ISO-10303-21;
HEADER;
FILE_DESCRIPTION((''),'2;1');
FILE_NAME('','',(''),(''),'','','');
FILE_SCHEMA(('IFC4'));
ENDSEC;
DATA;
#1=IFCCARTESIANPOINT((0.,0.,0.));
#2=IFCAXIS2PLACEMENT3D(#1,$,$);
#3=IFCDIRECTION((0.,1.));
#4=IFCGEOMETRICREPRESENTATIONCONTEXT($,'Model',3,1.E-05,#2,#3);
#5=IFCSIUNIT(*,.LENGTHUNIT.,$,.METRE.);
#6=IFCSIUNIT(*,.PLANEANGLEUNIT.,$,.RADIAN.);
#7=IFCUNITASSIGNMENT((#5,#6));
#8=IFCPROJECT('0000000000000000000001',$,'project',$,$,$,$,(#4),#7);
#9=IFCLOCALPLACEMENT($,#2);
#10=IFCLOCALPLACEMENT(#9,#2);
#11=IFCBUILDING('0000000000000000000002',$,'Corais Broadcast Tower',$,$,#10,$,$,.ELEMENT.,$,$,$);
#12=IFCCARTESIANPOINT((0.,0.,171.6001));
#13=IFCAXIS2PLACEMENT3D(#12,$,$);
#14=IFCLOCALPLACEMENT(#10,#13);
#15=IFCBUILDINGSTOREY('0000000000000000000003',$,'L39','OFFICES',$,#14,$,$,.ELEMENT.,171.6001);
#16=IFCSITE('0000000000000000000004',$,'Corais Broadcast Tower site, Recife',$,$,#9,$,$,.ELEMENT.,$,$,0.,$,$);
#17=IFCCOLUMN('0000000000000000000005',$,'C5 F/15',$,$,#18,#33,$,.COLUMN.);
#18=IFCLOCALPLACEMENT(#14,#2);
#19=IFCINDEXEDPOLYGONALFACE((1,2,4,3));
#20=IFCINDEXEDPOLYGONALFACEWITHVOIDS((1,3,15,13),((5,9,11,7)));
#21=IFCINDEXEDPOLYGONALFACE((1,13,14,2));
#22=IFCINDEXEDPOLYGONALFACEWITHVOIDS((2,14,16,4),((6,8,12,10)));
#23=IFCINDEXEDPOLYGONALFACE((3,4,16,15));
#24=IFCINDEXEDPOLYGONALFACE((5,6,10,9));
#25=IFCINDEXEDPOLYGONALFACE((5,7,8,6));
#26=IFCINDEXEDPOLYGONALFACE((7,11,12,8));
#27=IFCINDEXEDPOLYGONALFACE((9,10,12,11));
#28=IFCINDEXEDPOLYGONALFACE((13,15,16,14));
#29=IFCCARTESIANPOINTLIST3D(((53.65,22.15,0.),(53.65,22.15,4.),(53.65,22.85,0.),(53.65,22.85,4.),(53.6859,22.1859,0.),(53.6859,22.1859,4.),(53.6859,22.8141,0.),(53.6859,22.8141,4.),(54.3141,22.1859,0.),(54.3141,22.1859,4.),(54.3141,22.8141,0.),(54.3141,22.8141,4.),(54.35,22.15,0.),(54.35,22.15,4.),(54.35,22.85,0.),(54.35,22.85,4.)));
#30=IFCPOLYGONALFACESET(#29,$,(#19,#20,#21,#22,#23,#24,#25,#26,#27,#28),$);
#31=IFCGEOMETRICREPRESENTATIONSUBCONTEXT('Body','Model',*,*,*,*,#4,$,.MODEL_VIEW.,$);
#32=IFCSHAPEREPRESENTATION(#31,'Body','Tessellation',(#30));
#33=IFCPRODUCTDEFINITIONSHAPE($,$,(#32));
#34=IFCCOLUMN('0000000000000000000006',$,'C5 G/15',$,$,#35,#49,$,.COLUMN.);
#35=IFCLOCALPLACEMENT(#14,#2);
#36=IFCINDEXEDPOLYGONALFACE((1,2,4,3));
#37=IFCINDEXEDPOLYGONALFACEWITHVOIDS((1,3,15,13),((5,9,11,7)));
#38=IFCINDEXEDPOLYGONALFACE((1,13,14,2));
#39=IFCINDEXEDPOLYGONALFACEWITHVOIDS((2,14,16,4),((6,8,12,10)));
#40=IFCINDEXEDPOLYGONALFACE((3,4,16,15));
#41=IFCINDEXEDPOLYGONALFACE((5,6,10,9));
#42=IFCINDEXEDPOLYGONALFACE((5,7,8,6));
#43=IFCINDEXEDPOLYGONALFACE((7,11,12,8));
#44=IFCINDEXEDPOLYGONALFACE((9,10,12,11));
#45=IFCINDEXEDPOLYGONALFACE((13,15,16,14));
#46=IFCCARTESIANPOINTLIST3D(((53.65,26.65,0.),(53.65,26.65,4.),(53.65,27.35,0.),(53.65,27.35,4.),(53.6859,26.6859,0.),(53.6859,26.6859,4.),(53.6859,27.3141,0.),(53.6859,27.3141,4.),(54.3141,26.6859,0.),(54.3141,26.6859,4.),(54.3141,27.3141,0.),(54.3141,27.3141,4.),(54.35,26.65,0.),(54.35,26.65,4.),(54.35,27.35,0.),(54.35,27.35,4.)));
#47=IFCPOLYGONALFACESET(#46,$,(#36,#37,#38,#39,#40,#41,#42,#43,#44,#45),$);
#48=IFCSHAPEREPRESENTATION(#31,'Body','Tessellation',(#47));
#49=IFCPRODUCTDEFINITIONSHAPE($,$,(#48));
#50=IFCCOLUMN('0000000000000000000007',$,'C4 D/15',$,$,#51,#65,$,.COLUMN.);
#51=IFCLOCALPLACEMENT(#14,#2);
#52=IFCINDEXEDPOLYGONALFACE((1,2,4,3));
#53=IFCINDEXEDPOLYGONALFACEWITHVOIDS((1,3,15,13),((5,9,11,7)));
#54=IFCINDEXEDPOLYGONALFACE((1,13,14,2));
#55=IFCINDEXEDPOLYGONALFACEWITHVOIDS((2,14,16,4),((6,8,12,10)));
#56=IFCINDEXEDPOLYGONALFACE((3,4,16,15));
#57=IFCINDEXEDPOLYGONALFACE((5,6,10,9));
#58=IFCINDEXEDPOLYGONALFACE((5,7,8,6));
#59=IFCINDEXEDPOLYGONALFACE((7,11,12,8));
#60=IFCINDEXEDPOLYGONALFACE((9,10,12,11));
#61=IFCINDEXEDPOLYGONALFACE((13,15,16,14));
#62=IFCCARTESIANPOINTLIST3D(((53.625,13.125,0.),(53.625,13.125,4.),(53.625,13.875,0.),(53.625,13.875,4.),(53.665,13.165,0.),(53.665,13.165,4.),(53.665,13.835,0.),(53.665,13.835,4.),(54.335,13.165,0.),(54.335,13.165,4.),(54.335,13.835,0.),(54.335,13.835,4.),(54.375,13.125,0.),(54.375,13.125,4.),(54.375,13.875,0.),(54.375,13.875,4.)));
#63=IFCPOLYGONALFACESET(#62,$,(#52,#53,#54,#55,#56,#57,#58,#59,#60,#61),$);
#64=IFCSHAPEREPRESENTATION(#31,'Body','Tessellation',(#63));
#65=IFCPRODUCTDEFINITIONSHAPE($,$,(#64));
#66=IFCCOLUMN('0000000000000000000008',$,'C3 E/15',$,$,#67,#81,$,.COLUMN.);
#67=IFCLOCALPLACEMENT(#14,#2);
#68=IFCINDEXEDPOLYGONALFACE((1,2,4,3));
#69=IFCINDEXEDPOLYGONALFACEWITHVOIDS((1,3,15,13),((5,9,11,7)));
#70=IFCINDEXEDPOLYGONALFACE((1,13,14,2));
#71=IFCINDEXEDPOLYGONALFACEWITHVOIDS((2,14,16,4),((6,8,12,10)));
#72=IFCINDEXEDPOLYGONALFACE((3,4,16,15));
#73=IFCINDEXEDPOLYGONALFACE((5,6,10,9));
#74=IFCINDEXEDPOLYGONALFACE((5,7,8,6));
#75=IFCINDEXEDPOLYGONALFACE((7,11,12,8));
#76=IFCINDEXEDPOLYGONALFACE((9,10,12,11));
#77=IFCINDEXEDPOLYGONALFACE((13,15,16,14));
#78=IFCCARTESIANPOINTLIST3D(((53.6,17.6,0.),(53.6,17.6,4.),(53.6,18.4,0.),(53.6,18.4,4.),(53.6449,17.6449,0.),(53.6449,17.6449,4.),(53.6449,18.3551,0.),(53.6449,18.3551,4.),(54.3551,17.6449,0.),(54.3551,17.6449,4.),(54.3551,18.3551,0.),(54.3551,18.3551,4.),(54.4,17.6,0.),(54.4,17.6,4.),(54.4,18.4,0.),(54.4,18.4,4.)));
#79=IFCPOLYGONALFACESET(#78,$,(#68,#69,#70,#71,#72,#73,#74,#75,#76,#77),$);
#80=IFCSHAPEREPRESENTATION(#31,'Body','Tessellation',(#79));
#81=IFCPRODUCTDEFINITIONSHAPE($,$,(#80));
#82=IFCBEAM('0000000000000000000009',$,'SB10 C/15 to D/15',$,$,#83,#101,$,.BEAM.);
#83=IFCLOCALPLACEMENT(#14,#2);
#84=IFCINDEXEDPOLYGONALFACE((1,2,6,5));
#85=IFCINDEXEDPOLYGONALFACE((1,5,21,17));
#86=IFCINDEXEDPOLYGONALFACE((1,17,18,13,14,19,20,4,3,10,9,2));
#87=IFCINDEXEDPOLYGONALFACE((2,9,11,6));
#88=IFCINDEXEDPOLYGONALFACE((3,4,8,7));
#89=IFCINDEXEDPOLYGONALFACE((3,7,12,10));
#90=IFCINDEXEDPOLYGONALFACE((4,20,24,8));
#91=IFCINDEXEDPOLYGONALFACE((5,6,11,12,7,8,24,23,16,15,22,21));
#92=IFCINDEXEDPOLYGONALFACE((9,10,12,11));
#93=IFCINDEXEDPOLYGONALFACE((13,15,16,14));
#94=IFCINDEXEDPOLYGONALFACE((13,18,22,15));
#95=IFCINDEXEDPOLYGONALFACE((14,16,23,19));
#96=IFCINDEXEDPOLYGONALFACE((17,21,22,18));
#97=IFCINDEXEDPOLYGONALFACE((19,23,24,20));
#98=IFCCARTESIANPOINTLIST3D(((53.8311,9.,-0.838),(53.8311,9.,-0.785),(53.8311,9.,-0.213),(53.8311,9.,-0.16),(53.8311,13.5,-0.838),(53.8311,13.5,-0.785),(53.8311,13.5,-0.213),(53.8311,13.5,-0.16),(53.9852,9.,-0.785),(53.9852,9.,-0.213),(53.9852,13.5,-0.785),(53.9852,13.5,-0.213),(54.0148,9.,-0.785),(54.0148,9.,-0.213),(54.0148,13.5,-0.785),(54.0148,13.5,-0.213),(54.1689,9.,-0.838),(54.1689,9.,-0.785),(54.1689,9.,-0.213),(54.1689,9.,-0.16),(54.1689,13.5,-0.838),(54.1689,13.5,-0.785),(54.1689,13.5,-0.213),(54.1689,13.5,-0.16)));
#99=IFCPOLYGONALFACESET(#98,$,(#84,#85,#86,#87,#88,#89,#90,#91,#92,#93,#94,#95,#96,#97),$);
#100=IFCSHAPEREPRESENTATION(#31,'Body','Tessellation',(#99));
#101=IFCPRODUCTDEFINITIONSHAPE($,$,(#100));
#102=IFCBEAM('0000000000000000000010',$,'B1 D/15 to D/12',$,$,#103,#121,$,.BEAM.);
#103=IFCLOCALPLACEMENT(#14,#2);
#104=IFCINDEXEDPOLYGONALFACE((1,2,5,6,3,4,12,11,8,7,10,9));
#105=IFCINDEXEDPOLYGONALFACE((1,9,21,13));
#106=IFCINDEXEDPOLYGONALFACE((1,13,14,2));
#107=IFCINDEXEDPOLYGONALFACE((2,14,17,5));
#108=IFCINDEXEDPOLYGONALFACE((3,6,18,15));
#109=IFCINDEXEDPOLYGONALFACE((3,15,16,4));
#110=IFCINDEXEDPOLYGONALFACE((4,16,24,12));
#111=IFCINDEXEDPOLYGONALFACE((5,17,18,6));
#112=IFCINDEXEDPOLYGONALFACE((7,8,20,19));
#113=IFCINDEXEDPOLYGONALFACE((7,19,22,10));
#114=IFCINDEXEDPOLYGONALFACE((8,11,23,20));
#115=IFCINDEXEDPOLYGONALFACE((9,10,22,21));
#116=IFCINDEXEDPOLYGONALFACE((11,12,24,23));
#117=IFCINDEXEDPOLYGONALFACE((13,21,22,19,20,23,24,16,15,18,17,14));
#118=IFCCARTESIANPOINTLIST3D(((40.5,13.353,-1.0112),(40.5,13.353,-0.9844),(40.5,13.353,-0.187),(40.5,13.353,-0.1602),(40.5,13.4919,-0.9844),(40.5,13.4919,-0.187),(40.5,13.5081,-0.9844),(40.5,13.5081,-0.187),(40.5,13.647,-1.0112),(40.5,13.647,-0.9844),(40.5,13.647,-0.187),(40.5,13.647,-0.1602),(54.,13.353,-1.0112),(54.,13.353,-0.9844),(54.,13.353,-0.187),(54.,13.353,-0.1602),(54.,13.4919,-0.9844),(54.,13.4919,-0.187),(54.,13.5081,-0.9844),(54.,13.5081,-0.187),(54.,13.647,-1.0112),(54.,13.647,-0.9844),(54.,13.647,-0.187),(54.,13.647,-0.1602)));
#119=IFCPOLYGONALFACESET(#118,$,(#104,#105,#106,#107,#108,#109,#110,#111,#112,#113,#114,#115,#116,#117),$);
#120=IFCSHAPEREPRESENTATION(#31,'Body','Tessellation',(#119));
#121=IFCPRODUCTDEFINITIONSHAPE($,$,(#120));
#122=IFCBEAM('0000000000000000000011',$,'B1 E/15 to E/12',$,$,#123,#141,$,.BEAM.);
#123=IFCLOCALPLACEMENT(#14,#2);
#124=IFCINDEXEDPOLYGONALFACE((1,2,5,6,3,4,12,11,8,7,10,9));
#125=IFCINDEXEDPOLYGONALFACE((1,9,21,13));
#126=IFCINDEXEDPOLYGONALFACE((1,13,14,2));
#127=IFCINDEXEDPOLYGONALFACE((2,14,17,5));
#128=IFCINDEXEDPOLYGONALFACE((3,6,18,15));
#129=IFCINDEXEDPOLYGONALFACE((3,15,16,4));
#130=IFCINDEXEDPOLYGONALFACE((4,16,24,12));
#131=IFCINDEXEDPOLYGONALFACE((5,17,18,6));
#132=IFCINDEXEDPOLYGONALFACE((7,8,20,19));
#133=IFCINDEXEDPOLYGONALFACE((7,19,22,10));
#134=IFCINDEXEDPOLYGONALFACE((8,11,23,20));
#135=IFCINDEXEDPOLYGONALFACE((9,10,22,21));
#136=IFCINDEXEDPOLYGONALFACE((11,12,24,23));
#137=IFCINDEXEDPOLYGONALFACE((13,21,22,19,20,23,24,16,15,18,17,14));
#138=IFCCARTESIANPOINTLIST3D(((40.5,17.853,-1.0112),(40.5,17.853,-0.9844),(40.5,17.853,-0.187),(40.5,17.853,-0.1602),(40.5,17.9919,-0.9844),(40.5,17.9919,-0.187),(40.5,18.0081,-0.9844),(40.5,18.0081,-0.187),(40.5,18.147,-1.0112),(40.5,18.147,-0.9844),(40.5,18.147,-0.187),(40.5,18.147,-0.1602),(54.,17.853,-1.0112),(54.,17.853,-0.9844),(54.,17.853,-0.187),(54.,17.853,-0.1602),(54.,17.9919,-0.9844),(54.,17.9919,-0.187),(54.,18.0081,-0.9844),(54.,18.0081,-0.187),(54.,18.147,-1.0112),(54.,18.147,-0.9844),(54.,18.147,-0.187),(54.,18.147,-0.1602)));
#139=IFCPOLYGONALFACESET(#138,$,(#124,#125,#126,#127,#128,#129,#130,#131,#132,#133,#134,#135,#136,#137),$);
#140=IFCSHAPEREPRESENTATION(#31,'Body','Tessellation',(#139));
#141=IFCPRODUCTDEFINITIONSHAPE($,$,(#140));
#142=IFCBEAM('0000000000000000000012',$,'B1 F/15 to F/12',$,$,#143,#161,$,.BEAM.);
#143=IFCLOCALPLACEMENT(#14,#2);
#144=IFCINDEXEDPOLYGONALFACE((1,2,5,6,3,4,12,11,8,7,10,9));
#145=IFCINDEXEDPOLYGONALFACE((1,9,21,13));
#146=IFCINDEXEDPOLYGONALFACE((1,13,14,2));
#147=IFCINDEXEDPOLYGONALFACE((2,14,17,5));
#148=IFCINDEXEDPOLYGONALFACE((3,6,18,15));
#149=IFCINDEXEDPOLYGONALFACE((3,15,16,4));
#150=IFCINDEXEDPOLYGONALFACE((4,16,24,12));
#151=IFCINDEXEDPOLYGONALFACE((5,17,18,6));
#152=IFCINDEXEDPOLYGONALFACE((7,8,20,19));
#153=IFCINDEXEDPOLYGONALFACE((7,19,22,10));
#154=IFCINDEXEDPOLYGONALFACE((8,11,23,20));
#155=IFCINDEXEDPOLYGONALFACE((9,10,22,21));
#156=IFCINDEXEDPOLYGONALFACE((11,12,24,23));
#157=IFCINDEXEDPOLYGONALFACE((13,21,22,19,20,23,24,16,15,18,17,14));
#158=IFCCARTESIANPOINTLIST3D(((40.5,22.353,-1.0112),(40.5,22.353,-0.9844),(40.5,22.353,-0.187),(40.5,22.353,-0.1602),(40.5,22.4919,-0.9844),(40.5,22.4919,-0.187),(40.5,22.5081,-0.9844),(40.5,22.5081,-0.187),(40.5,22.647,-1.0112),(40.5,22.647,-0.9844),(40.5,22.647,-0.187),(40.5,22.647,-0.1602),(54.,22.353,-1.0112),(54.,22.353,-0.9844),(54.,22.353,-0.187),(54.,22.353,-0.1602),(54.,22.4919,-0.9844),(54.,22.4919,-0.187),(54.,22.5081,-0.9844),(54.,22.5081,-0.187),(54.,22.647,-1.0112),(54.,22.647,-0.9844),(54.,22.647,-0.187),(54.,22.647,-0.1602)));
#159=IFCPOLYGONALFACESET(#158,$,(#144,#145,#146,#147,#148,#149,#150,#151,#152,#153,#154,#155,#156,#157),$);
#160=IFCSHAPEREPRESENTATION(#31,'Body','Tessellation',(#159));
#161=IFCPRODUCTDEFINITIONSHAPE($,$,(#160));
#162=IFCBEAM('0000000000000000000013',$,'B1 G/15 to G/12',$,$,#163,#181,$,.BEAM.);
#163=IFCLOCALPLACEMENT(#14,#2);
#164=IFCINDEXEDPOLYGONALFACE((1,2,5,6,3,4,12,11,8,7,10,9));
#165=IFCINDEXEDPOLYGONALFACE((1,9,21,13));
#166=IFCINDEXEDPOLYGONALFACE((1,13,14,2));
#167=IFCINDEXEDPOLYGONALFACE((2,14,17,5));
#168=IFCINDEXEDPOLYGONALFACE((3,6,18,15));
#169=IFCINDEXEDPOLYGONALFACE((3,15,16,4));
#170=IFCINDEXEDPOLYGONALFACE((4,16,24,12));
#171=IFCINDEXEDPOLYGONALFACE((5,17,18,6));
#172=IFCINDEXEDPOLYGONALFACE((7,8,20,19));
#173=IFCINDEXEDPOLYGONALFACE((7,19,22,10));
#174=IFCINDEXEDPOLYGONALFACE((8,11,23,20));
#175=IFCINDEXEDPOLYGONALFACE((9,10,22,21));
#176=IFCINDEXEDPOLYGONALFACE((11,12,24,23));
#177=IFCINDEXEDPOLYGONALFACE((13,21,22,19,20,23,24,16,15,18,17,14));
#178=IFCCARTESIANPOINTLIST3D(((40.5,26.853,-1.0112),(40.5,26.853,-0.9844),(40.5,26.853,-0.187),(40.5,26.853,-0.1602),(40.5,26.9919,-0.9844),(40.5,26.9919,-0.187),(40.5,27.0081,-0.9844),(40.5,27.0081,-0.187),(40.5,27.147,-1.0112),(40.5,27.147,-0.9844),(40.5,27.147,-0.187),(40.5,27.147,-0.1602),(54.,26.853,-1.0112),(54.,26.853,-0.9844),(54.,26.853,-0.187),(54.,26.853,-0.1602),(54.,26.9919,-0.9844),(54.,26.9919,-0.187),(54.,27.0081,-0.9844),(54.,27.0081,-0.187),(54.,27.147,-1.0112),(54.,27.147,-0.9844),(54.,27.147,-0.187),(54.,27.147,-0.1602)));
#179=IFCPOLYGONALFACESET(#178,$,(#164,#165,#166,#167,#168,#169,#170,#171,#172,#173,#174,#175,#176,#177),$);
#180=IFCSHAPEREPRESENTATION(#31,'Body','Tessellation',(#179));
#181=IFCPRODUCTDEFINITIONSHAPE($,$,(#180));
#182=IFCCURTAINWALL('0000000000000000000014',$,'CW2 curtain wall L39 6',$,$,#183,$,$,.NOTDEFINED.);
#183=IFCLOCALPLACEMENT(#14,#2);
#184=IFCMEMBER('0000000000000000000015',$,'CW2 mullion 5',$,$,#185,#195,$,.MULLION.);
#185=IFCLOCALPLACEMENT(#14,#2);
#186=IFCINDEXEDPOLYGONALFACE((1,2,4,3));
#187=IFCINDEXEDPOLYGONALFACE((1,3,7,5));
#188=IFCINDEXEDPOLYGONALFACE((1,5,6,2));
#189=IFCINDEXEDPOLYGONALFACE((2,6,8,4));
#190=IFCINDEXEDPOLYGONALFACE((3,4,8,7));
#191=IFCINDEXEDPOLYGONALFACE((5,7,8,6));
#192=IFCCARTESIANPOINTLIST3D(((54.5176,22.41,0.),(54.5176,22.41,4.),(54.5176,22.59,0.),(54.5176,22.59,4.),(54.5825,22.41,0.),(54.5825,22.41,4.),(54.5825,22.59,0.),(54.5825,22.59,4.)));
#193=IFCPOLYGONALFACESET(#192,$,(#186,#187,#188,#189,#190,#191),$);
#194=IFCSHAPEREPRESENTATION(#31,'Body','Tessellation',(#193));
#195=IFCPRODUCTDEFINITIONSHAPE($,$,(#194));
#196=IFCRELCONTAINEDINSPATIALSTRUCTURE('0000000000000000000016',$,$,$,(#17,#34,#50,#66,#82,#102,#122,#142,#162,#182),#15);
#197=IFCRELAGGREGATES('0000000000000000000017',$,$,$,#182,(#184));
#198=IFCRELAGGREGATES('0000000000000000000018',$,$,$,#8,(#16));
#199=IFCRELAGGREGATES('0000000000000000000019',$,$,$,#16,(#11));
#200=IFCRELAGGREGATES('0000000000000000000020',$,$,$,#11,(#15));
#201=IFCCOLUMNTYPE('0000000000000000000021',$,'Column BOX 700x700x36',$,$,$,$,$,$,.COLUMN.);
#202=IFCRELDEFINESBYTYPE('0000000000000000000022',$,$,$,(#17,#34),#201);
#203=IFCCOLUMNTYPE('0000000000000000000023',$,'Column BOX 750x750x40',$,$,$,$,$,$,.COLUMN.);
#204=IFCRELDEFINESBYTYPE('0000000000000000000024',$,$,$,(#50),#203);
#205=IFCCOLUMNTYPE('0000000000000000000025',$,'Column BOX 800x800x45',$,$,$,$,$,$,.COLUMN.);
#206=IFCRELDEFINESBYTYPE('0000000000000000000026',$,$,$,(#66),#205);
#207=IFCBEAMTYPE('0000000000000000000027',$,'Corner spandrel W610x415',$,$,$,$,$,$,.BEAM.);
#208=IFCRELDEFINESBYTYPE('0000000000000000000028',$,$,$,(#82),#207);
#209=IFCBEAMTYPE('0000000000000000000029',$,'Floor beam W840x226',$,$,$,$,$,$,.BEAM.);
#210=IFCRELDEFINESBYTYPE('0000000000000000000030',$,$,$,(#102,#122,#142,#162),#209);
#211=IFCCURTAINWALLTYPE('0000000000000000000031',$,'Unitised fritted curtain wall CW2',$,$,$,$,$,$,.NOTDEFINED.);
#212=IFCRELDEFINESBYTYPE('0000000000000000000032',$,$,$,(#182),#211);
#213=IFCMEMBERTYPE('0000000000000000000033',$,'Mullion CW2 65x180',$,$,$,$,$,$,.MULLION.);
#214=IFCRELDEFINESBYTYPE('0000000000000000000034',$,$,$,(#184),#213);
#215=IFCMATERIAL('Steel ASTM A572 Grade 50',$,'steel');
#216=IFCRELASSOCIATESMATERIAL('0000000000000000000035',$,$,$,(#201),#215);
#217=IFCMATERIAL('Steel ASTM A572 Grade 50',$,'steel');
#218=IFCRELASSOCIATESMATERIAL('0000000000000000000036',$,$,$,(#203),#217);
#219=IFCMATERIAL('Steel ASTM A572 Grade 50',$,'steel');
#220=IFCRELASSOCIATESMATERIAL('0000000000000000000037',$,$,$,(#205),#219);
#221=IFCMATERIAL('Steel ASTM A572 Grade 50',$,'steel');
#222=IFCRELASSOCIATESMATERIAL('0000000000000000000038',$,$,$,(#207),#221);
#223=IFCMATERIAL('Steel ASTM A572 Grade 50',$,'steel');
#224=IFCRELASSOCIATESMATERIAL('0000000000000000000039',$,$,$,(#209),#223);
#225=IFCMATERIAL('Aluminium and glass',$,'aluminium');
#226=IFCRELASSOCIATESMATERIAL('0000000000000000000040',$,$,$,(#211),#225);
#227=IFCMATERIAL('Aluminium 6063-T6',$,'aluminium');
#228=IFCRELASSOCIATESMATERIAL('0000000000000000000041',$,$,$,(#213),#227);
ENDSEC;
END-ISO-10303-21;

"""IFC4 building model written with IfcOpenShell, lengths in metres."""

from ifc_helpers import new_model, si_unit, direction, frame, origin, origin_2d, place, context, subcontext, project, spatial, rectangle, hollow_rectangle, i_section, extrude, material, material_profile, profile_set, type_object, element, aggregate, save


model = new_model("IFC4")

# Units and contexts
model_context = context("Model", 3, precision=1e-05, world=origin(), true_north=direction((0.0, 1.0)))
body_context = subcontext(model_context, "Body", "Model", "MODEL_VIEW")
ifc_project = project(units=[si_unit("LENGTHUNIT", "METRE"), si_unit("PLANEANGLEUNIT", "RADIAN")], contexts=[model_context])

# Site, building, storey
site_placement = place(None, origin())
site = spatial("IfcSite", under=ifc_project, at=site_placement, Name="Corais Broadcast Tower site, Recife", CompositionType="ELEMENT", RefElevation=0.0)
building_placement = place(site_placement, origin())
building = spatial("IfcBuilding", under=site, at=building_placement, Name="Corais Broadcast Tower", CompositionType="ELEMENT")
storey_placement = place(building_placement, frame((0.0, 0.0, 171.6001)))
storey = spatial("IfcBuildingStorey", under=building, at=storey_placement, Name="L39", Description="OFFICES", CompositionType="ELEMENT", Elevation=171.6001)

# Columns
ifc_material_1 = material(Name="Steel ASTM A572 Grade 50", Category="steel")
ifc_material_profile_1 = material_profile(ifc_material_1, hollow_rectangle(XDim=0.7, YDim=0.7, WallThickness=0.0359, at=origin_2d()), Name="BOX 700x700x36")
ifc_profile_set_1 = profile_set([ifc_material_profile_1], Name="Steel ASTM A572 Grade 50")
column_type_1 = type_object("IfcColumnType", Name="Column BOX 700x700x36", PredefinedType="COLUMN", material=ifc_profile_set_1)
for number, where, z_axis, x_axis, name in (
    (1, (54.0, 22.5, 0.0), (0.0, 0.0, 1.0), (1.0, 0.0, 0.0), "C5 F/15"),
    (2, (54.0, 27.0, 0.0), (0.0, 0.0, 1.0), (1.0, 0.0, 0.0), "C5 G/15"),
):
    element("IfcColumn", number, at=place(storey_placement, frame(where, z_axis=z_axis, x_axis=x_axis)), inside=storey, type_object=column_type_1, Name=name, PredefinedType="COLUMN", context=body_context, shape_type="SweptSolid", body=[
        extrude(hollow_rectangle(XDim=0.7, YDim=0.7, WallThickness=0.0359, at=origin_2d()), origin(), (0.0, 0.0, 1.0), 4.0),
    ])
ifc_material_2 = material(Name="Steel ASTM A572 Grade 50", Category="steel")
ifc_material_profile_2 = material_profile(ifc_material_2, hollow_rectangle(XDim=0.75, YDim=0.75, WallThickness=0.04, at=origin_2d()), Name="BOX 750x750x40")
ifc_profile_set_2 = profile_set([ifc_material_profile_2], Name="Steel ASTM A572 Grade 50")
column_type_2 = type_object("IfcColumnType", Name="Column BOX 750x750x40", PredefinedType="COLUMN", material=ifc_profile_set_2)
column_1_placement = place(storey_placement, frame((54.0, 13.5, 0.0), z_axis=(0.0, 0.0, 1.0), x_axis=(1.0, 0.0, 0.0)))
element("IfcColumn", 3, at=column_1_placement, inside=storey, type_object=column_type_2, Name="C4 D/15", PredefinedType="COLUMN", context=body_context, shape_type="SweptSolid", body=[
    extrude(hollow_rectangle(XDim=0.75, YDim=0.75, WallThickness=0.04, at=origin_2d()), origin(), (0.0, 0.0, 1.0), 4.0),
])
ifc_material_3 = material(Name="Steel ASTM A572 Grade 50", Category="steel")
ifc_material_profile_3 = material_profile(ifc_material_3, hollow_rectangle(XDim=0.8, YDim=0.8, WallThickness=0.0449, at=origin_2d()), Name="BOX 800x800x45")
ifc_profile_set_3 = profile_set([ifc_material_profile_3], Name="Steel ASTM A572 Grade 50")
column_type_3 = type_object("IfcColumnType", Name="Column BOX 800x800x45", PredefinedType="COLUMN", material=ifc_profile_set_3)
column_2_placement = place(storey_placement, frame((54.0, 18.0, 0.0), z_axis=(0.0, 0.0, 1.0), x_axis=(1.0, 0.0, 0.0)))
element("IfcColumn", 4, at=column_2_placement, inside=storey, type_object=column_type_3, Name="C3 E/15", PredefinedType="COLUMN", context=body_context, shape_type="SweptSolid", body=[
    extrude(hollow_rectangle(XDim=0.8, YDim=0.8, WallThickness=0.0449, at=origin_2d()), origin(), (0.0, 0.0, 1.0), 4.0),
])

# Beams
ifc_material_4 = material(Name="Steel ASTM A572 Grade 50", Category="steel")
ifc_material_profile_4 = material_profile(ifc_material_4, i_section(OverallWidth=0.3379, OverallDepth=0.678, WebThickness=0.0295, FlangeThickness=0.053, at=origin_2d()), Name="W610x415")
ifc_profile_set_4 = profile_set([ifc_material_profile_4], Name="Steel ASTM A572 Grade 50")
beam_type_1 = type_object("IfcBeamType", Name="Corner spandrel W610x415", PredefinedType="BEAM", material=ifc_profile_set_4)
beam_1_placement = place(storey_placement, frame((54.0, 9.0, -0.499), z_axis=(0.0, 1.0, 0.0), x_axis=(-1.0, 0.0, 0.0)))
element("IfcBeam", 5, at=beam_1_placement, inside=storey, type_object=beam_type_1, Name="SB10 C/15 to D/15", PredefinedType="BEAM", context=body_context, shape_type="SweptSolid", body=[
    extrude(i_section(OverallWidth=0.3379, OverallDepth=0.678, WebThickness=0.0295, FlangeThickness=0.053, at=origin_2d()), origin(), (0.0, 0.0, 1.0), 4.5),
])
ifc_material_5 = material(Name="Steel ASTM A572 Grade 50", Category="steel")
ifc_material_profile_5 = material_profile(ifc_material_5, i_section(OverallWidth=0.2939, OverallDepth=0.8511, WebThickness=0.0161, FlangeThickness=0.0269, at=origin_2d()), Name="W840x226")
ifc_profile_set_5 = profile_set([ifc_material_profile_5], Name="Steel ASTM A572 Grade 50")
beam_type_2 = type_object("IfcBeamType", Name="Floor beam W840x226", PredefinedType="BEAM", material=ifc_profile_set_5)
for number, where, z_axis, x_axis, name in (
    (6, (54.0, 13.5, -0.5857), (-1.0, 0.0, 0.0), (0.0, -1.0, 0.0), "B1 D/15 to D/12"),
    (7, (54.0, 18.0, -0.5857), (-1.0, 0.0, 0.0), (0.0, -1.0, 0.0), "B1 E/15 to E/12"),
    (8, (54.0, 22.5, -0.5857), (-1.0, 0.0, 0.0), (0.0, -1.0, 0.0), "B1 F/15 to F/12"),
    (9, (54.0, 27.0, -0.5857), (-1.0, 0.0, 0.0), (0.0, -1.0, 0.0), "B1 G/15 to G/12"),
):
    element("IfcBeam", number, at=place(storey_placement, frame(where, z_axis=z_axis, x_axis=x_axis)), inside=storey, type_object=beam_type_2, Name=name, PredefinedType="BEAM", context=body_context, shape_type="SweptSolid", body=[
        extrude(i_section(OverallWidth=0.2939, OverallDepth=0.8511, WebThickness=0.0161, FlangeThickness=0.0269, at=origin_2d()), origin(), (0.0, 0.0, 1.0), 13.5),
    ])

# Curtain wall, member
ifc_material_6 = material(Name="Aluminium and glass", Category="aluminium")
curtain_wall_type = type_object("IfcCurtainWallType", Name="Unitised fritted curtain wall CW2", PredefinedType="NOTDEFINED", material=ifc_material_6)
curtain_wall_placement = place(storey_placement, origin())
curtain_wall = element("IfcCurtainWall", 10, at=curtain_wall_placement, inside=storey, type_object=curtain_wall_type, Name="CW2 curtain wall L39 6", PredefinedType="NOTDEFINED")
ifc_material_7 = material(Name="Aluminium 6063-T6", Category="aluminium")
ifc_material_profile_6 = material_profile(ifc_material_7, rectangle(XDim=0.0649, YDim=0.1799, at=origin_2d()), Name="Mullion CW2 65x180")
ifc_profile_set_6 = profile_set([ifc_material_profile_6], Name="Aluminium 6063-T6")
member_type_1 = type_object("IfcMemberType", Name="Mullion CW2 65x180", PredefinedType="MULLION", material=ifc_profile_set_6)
member_1_placement = place(storey_placement, frame((54.55, 22.5, 0.0), z_axis=(0.0, 0.0, 1.0), x_axis=(1.0, 0.0, 0.0)))
member_1 = element("IfcMember", 11, at=member_1_placement, type_object=member_type_1, Name="CW2 mullion 5", PredefinedType="MULLION", context=body_context, shape_type="SweptSolid", body=[
    extrude(rectangle(XDim=0.0649, YDim=0.1799, at=origin_2d()), origin(), (0.0, 0.0, 1.0), 4.0),
])

aggregate(curtain_wall, [member_1])

save(model, "model.ifc")
